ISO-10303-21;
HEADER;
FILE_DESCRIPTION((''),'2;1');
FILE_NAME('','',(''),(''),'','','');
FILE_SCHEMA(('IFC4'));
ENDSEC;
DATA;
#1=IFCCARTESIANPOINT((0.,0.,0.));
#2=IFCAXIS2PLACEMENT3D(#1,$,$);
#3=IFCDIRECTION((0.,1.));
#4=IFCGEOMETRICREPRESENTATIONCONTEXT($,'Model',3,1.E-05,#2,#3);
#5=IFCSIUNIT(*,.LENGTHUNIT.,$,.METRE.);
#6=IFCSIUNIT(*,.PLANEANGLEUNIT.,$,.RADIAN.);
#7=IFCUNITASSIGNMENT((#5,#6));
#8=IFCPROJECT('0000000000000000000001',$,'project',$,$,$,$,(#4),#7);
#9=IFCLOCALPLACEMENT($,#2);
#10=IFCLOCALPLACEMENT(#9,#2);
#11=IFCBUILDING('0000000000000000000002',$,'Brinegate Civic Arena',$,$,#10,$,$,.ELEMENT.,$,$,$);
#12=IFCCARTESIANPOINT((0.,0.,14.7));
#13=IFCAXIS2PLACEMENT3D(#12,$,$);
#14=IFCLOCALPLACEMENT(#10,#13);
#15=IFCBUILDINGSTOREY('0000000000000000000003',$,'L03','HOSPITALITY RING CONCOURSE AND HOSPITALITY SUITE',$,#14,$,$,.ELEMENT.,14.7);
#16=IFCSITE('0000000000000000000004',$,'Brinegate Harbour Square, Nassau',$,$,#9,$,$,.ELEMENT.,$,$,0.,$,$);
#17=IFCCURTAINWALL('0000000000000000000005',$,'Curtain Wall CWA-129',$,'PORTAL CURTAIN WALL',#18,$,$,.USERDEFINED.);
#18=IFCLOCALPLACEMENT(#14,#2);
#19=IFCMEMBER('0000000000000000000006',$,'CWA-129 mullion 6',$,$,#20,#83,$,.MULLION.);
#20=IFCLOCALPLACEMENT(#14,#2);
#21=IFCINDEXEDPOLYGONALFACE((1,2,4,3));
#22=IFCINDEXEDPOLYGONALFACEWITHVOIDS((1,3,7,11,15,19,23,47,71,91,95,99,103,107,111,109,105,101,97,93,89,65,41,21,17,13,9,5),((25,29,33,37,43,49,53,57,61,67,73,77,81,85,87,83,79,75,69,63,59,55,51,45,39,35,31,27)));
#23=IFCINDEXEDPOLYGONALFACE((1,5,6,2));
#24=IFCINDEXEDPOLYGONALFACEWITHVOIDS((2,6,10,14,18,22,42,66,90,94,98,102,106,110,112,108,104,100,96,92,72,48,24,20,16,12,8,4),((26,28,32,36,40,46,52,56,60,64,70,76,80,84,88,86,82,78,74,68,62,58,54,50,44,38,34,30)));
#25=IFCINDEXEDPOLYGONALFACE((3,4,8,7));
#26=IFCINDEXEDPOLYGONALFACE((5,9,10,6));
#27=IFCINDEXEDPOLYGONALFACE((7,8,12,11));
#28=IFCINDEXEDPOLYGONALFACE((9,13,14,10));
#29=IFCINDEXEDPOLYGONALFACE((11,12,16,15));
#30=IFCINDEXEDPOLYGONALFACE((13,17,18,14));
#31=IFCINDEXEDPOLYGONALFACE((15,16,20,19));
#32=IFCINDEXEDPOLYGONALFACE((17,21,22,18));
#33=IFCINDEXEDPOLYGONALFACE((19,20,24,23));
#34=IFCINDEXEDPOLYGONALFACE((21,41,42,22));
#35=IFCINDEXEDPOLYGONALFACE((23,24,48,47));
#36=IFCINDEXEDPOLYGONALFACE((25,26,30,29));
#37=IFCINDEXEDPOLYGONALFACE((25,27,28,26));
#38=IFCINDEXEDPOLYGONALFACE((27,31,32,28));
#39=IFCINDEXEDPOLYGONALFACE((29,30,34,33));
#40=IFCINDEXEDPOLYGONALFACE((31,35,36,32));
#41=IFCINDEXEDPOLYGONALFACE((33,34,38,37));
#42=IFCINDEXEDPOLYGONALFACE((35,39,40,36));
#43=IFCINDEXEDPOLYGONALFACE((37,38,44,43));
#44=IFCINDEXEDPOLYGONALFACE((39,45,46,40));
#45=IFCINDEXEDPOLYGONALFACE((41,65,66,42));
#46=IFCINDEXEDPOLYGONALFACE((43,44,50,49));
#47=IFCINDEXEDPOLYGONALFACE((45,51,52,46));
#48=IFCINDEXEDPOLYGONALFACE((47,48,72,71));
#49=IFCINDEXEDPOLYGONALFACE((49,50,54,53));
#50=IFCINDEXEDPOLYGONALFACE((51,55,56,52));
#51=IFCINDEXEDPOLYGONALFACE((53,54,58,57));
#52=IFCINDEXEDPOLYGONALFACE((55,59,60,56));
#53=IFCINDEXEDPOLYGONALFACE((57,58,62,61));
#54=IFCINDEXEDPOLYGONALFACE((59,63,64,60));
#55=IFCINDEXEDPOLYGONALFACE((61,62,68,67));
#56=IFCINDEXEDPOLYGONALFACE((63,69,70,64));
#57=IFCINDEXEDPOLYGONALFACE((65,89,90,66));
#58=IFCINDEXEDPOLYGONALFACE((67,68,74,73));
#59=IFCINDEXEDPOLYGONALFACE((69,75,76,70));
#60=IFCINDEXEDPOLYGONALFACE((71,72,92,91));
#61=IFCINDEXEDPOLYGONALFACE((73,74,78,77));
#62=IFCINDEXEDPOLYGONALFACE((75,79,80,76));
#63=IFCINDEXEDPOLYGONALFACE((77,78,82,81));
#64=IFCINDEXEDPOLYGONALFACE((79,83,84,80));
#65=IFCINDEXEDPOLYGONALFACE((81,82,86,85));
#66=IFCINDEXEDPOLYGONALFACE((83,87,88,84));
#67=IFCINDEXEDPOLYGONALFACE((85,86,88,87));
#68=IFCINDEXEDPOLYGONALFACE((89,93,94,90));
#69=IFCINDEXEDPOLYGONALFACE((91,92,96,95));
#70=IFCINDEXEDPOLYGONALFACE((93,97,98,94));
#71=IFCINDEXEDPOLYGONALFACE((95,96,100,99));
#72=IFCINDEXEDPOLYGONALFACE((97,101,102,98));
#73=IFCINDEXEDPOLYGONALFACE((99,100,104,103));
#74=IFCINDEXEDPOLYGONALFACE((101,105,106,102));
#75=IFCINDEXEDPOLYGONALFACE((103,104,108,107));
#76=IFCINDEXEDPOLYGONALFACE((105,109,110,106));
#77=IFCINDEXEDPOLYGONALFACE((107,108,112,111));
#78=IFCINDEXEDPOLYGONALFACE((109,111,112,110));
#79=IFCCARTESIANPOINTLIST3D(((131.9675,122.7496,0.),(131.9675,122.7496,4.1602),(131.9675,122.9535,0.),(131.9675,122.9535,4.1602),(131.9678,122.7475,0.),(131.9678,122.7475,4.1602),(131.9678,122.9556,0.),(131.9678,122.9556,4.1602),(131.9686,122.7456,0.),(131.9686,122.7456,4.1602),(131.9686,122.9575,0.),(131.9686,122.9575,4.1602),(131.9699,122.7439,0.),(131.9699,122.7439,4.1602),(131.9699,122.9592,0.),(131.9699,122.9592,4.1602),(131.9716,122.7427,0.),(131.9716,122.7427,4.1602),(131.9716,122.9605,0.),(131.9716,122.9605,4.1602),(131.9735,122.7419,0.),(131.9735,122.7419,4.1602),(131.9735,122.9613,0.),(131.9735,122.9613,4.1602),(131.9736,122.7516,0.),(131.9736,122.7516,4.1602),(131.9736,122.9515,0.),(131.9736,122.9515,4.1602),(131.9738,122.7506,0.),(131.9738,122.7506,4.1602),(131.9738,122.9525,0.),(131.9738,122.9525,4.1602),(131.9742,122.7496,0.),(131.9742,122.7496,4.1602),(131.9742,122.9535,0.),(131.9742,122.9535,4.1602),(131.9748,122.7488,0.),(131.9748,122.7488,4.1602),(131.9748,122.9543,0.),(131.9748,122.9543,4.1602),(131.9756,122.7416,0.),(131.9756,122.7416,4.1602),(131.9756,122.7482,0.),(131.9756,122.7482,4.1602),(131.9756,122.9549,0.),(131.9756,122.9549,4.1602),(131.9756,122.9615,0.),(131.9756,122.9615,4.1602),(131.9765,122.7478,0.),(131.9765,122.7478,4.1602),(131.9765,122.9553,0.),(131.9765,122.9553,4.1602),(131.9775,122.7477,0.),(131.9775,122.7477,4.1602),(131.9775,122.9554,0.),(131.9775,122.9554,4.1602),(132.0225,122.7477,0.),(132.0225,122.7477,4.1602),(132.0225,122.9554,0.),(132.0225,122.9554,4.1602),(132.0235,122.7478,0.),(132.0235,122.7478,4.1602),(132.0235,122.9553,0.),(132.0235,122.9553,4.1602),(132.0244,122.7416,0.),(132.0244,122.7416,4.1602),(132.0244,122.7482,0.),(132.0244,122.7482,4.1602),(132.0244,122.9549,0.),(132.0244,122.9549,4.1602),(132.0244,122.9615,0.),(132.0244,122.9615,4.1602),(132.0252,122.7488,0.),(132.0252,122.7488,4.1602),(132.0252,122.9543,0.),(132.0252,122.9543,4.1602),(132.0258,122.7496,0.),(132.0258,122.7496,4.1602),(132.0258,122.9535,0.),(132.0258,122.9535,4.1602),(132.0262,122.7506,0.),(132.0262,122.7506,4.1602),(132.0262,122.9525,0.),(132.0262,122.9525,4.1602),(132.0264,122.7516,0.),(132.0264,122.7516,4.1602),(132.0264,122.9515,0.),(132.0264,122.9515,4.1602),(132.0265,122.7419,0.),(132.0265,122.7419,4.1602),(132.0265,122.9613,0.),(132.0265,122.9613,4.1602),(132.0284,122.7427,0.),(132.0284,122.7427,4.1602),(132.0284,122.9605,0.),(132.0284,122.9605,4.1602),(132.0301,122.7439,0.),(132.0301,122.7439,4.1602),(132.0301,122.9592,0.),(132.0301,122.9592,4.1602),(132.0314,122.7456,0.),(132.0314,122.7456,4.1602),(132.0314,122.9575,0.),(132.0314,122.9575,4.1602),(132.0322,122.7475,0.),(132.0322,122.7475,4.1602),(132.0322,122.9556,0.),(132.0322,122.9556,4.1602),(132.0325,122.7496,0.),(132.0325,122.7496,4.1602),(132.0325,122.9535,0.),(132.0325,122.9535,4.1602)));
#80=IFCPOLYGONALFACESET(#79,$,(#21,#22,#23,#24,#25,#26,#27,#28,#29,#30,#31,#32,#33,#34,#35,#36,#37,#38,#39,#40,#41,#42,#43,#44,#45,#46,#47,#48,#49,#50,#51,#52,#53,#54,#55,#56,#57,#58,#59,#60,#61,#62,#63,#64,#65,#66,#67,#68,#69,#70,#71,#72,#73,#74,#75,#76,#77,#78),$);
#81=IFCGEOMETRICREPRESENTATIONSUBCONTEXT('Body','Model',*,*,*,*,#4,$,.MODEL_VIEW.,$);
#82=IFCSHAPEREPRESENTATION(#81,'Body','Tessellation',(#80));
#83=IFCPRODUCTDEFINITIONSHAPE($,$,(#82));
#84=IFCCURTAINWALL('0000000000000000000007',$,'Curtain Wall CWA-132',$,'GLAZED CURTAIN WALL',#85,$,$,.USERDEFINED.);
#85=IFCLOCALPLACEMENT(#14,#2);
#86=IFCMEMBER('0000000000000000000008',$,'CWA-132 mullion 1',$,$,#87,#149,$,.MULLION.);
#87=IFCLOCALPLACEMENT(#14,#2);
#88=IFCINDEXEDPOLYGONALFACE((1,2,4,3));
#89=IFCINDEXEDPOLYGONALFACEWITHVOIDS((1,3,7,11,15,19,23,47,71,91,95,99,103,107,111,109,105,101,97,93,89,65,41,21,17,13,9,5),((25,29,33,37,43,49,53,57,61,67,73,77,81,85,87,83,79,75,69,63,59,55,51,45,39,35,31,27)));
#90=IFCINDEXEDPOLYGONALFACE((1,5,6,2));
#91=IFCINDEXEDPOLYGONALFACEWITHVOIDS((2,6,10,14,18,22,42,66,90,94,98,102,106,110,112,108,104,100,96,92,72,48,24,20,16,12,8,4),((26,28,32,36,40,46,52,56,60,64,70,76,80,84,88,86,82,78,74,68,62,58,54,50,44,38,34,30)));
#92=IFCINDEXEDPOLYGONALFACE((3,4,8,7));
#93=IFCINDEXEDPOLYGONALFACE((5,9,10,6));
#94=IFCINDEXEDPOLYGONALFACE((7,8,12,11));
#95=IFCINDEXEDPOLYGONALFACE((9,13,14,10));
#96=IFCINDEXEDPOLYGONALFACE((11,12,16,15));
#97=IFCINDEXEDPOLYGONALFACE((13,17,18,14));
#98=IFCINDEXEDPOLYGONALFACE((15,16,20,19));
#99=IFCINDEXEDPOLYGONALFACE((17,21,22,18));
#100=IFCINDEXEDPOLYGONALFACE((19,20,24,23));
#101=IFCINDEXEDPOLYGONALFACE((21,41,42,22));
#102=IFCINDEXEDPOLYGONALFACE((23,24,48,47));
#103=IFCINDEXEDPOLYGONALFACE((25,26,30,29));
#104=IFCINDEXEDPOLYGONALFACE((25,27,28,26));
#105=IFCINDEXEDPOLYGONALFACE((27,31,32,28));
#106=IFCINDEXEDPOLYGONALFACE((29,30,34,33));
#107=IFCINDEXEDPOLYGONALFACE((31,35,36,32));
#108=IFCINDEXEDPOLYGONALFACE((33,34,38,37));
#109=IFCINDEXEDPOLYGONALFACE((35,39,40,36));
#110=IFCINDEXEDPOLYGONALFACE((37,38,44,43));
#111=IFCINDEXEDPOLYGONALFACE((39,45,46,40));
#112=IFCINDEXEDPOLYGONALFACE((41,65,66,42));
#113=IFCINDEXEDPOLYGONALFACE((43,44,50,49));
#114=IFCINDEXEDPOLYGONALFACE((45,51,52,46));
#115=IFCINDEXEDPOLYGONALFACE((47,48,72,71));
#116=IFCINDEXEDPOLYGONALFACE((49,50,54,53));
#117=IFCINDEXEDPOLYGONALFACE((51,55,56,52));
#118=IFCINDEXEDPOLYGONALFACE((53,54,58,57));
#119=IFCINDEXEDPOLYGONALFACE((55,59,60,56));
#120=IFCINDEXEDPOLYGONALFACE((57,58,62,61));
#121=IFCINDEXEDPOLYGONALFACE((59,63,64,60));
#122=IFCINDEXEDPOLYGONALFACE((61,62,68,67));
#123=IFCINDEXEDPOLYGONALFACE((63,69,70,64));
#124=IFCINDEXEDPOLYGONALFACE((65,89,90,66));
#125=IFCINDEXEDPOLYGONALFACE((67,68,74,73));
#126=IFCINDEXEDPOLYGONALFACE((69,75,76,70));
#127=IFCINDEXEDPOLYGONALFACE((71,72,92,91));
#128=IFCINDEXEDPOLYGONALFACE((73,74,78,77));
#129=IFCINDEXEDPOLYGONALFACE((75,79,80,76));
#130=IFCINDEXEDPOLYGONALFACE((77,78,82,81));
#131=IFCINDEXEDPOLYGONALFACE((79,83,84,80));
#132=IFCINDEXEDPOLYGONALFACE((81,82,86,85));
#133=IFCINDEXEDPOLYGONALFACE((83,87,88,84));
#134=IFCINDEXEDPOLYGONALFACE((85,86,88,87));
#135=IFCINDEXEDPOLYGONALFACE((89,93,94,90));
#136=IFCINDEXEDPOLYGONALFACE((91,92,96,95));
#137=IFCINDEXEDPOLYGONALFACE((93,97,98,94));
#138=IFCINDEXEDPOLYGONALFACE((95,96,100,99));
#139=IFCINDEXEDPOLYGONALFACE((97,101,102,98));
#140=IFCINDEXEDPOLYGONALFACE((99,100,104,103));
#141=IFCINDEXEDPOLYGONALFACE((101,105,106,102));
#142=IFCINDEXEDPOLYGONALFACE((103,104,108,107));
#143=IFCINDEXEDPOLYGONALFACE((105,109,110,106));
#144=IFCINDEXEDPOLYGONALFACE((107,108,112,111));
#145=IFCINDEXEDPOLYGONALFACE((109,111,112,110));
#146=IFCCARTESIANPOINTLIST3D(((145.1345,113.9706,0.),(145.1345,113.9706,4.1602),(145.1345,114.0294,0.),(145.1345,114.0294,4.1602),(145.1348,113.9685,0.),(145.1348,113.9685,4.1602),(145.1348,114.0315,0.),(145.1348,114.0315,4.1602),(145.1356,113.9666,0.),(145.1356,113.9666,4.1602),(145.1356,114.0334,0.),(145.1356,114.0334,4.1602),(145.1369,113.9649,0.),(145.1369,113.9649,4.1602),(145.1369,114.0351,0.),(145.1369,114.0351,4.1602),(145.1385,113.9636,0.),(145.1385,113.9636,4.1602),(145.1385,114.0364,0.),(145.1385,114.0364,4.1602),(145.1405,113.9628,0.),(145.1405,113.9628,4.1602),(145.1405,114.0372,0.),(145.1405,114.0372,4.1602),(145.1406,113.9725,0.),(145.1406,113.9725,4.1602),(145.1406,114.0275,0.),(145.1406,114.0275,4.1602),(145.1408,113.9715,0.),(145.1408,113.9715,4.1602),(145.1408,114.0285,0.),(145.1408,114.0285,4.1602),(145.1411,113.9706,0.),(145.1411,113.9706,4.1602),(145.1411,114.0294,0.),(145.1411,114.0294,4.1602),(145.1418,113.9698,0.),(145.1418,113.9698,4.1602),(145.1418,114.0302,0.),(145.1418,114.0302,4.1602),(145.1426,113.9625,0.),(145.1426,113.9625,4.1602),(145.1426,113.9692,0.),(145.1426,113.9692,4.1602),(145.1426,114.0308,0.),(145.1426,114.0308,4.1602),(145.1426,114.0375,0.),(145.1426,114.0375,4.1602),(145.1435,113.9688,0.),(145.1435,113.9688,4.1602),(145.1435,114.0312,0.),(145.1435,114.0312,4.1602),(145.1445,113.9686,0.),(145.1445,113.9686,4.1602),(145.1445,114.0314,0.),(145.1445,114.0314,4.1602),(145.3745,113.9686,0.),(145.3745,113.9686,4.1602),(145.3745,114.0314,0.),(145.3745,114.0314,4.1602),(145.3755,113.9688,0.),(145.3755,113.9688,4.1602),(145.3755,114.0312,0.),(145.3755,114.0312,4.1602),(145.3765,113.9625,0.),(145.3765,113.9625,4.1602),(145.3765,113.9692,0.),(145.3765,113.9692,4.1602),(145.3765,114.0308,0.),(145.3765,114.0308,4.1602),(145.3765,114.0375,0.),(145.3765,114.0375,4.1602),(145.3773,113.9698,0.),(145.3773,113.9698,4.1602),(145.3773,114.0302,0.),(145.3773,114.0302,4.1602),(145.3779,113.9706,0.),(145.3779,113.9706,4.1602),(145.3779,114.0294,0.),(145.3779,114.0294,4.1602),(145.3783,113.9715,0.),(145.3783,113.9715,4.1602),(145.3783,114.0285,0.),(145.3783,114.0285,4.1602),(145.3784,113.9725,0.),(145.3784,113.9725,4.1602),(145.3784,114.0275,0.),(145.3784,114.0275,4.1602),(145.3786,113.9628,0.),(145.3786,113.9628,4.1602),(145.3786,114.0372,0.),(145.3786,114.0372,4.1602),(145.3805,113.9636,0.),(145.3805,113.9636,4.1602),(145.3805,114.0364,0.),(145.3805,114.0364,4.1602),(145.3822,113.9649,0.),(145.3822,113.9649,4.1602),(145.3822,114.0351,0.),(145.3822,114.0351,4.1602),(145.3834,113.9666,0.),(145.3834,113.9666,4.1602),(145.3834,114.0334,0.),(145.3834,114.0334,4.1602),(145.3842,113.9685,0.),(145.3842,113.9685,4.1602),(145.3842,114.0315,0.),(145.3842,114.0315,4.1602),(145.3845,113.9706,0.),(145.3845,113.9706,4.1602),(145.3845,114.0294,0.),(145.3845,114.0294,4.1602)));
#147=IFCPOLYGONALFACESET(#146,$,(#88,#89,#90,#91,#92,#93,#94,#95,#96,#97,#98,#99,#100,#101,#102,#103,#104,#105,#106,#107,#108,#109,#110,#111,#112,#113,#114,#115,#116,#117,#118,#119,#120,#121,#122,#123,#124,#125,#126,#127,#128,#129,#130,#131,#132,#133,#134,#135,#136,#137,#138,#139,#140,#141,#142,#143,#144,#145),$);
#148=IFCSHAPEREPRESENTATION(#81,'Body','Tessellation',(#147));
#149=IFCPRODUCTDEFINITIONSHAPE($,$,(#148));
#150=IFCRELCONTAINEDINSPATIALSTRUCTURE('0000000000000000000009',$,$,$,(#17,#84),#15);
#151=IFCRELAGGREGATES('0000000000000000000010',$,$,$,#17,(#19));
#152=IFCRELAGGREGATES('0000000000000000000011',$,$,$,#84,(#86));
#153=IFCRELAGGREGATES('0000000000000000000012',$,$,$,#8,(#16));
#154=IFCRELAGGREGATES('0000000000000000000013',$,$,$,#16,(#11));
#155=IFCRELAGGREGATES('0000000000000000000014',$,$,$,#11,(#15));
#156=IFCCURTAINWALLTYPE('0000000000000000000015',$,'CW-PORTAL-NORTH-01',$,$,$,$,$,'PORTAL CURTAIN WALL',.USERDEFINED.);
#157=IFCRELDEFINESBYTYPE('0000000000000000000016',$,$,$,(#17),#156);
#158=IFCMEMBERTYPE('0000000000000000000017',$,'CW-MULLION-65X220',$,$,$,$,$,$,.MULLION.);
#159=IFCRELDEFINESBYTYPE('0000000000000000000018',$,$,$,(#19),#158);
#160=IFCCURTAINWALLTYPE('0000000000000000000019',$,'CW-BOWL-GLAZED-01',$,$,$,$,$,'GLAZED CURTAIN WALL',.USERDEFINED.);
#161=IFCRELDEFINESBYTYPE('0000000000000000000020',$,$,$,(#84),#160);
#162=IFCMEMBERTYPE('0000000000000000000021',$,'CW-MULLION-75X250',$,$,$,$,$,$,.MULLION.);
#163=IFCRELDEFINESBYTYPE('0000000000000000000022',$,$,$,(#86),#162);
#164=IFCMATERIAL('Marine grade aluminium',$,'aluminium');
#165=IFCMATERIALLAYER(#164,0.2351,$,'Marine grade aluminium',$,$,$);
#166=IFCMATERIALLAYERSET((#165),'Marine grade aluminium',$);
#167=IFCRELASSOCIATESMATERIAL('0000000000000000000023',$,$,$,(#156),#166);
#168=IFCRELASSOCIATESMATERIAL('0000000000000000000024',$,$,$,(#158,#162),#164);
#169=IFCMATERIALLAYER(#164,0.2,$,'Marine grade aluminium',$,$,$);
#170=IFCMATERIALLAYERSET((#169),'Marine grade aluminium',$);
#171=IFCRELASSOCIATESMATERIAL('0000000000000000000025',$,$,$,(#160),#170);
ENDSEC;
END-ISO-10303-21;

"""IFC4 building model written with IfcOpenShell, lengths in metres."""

from ifc_helpers import new_model, si_unit, direction, frame, origin, origin_2d, place, context, subcontext, project, spatial, hollow_rectangle, extrude, material, layer, layer_set, material_profile, profile_set, type_object, element, aggregate, save


model = new_model("IFC4")

# Units and contexts
model_context = context("Model", 3, precision=1e-05, world=origin(), true_north=direction((0.0, 1.0)))
body_context = subcontext(model_context, "Body", "Model", "MODEL_VIEW")
ifc_project = project(units=[si_unit("LENGTHUNIT", "METRE"), si_unit("PLANEANGLEUNIT", "RADIAN")], contexts=[model_context])

# Site, building, storey
site_placement = place(None, origin())
site = spatial("IfcSite", under=ifc_project, at=site_placement, Name="Brinegate Harbour Square, Nassau", CompositionType="ELEMENT", RefElevation=0.0)
building_placement = place(site_placement, origin())
building = spatial("IfcBuilding", under=site, at=building_placement, Name="Brinegate Civic Arena", CompositionType="ELEMENT")
storey_placement = place(building_placement, frame((0.0, 0.0, 14.7)))
storey = spatial("IfcBuildingStorey", under=building, at=storey_placement, Name="L03", Description="HOSPITALITY RING CONCOURSE AND HOSPITALITY SUITE", CompositionType="ELEMENT", Elevation=14.7)

# Curtain walls, members
ifc_material_1 = material(Name="Marine grade aluminium", Category="aluminium")
ifc_layer_1 = layer(ifc_material_1, 0.2351, Name="Marine grade aluminium")
ifc_layer_set_1 = layer_set([ifc_layer_1], Name="Marine grade aluminium")
curtain_wall_type_1 = type_object("IfcCurtainWallType", Name="CW-PORTAL-NORTH-01", ElementType="PORTAL CURTAIN WALL", PredefinedType="USERDEFINED", material=ifc_layer_set_1)
curtain_wall_1_placement = place(storey_placement, origin())
curtain_wall_1 = element("IfcCurtainWall", 1, at=curtain_wall_1_placement, inside=storey, type_object=curtain_wall_type_1, Name="Curtain Wall CWA-129", ObjectType="PORTAL CURTAIN WALL", PredefinedType="USERDEFINED")
ifc_material_profile_1 = material_profile(ifc_material_1, hollow_rectangle(XDim=0.0649, YDim=0.22, WallThickness=0.0061, InnerFilletRadius=0.0039, OuterFilletRadius=0.0081, at=origin_2d()), Name="MUL65X220")
ifc_profile_set_1 = profile_set([ifc_material_profile_1], Name="Marine grade aluminium")
member_type_1 = type_object("IfcMemberType", Name="CW-MULLION-65X220", PredefinedType="MULLION", material=ifc_profile_set_1)
member_1_placement = place(storey_placement, frame((132.0, 122.8516, 0.0), z_axis=(0.0, 0.0, 1.0), x_axis=(-1.0, 0.0, 0.0)))
member_1 = element("IfcMember", 2, at=member_1_placement, type_object=member_type_1, Name="CWA-129 mullion 6", PredefinedType="MULLION", context=body_context, shape_type="SweptSolid", body=[
    extrude(hollow_rectangle(XDim=0.0649, YDim=0.22, WallThickness=0.0061, InnerFilletRadius=0.0039, OuterFilletRadius=0.0081, at=origin_2d()), origin(), (0.0, 0.0, 1.0), 4.1602),
])
ifc_layer_2 = layer(ifc_material_1, 0.2, Name="Marine grade aluminium")
ifc_layer_set_2 = layer_set([ifc_layer_2], Name="Marine grade aluminium")
curtain_wall_type_2 = type_object("IfcCurtainWallType", Name="CW-BOWL-GLAZED-01", ElementType="GLAZED CURTAIN WALL", PredefinedType="USERDEFINED", material=ifc_layer_set_2)
curtain_wall_2_placement = place(storey_placement, origin())
curtain_wall_2 = element("IfcCurtainWall", 3, at=curtain_wall_2_placement, inside=storey, type_object=curtain_wall_type_2, Name="Curtain Wall CWA-132", ObjectType="GLAZED CURTAIN WALL", PredefinedType="USERDEFINED")
ifc_material_profile_2 = material_profile(ifc_material_1, hollow_rectangle(XDim=0.075, YDim=0.25, WallThickness=0.0061, InnerFilletRadius=0.0039, OuterFilletRadius=0.0081, at=origin_2d()), Name="MUL75X250")
ifc_profile_set_2 = profile_set([ifc_material_profile_2], Name="Marine grade aluminium")
member_type_2 = type_object("IfcMemberType", Name="CW-MULLION-75X250", PredefinedType="MULLION", material=ifc_profile_set_2)
member_2_placement = place(storey_placement, frame((145.2595, 114.0, 0.0), z_axis=(0.0, 0.0, 1.0), x_axis=(0.0, 1.0, 0.0)))
member_2 = element("IfcMember", 4, at=member_2_placement, type_object=member_type_2, Name="CWA-132 mullion 1", PredefinedType="MULLION", context=body_context, shape_type="SweptSolid", body=[
    extrude(hollow_rectangle(XDim=0.075, YDim=0.25, WallThickness=0.0061, InnerFilletRadius=0.0039, OuterFilletRadius=0.0081, at=origin_2d()), origin(), (0.0, 0.0, 1.0), 4.1602),
])

aggregate(curtain_wall_1, [member_1])
aggregate(curtain_wall_2, [member_2])

save(model, "model.ifc")
